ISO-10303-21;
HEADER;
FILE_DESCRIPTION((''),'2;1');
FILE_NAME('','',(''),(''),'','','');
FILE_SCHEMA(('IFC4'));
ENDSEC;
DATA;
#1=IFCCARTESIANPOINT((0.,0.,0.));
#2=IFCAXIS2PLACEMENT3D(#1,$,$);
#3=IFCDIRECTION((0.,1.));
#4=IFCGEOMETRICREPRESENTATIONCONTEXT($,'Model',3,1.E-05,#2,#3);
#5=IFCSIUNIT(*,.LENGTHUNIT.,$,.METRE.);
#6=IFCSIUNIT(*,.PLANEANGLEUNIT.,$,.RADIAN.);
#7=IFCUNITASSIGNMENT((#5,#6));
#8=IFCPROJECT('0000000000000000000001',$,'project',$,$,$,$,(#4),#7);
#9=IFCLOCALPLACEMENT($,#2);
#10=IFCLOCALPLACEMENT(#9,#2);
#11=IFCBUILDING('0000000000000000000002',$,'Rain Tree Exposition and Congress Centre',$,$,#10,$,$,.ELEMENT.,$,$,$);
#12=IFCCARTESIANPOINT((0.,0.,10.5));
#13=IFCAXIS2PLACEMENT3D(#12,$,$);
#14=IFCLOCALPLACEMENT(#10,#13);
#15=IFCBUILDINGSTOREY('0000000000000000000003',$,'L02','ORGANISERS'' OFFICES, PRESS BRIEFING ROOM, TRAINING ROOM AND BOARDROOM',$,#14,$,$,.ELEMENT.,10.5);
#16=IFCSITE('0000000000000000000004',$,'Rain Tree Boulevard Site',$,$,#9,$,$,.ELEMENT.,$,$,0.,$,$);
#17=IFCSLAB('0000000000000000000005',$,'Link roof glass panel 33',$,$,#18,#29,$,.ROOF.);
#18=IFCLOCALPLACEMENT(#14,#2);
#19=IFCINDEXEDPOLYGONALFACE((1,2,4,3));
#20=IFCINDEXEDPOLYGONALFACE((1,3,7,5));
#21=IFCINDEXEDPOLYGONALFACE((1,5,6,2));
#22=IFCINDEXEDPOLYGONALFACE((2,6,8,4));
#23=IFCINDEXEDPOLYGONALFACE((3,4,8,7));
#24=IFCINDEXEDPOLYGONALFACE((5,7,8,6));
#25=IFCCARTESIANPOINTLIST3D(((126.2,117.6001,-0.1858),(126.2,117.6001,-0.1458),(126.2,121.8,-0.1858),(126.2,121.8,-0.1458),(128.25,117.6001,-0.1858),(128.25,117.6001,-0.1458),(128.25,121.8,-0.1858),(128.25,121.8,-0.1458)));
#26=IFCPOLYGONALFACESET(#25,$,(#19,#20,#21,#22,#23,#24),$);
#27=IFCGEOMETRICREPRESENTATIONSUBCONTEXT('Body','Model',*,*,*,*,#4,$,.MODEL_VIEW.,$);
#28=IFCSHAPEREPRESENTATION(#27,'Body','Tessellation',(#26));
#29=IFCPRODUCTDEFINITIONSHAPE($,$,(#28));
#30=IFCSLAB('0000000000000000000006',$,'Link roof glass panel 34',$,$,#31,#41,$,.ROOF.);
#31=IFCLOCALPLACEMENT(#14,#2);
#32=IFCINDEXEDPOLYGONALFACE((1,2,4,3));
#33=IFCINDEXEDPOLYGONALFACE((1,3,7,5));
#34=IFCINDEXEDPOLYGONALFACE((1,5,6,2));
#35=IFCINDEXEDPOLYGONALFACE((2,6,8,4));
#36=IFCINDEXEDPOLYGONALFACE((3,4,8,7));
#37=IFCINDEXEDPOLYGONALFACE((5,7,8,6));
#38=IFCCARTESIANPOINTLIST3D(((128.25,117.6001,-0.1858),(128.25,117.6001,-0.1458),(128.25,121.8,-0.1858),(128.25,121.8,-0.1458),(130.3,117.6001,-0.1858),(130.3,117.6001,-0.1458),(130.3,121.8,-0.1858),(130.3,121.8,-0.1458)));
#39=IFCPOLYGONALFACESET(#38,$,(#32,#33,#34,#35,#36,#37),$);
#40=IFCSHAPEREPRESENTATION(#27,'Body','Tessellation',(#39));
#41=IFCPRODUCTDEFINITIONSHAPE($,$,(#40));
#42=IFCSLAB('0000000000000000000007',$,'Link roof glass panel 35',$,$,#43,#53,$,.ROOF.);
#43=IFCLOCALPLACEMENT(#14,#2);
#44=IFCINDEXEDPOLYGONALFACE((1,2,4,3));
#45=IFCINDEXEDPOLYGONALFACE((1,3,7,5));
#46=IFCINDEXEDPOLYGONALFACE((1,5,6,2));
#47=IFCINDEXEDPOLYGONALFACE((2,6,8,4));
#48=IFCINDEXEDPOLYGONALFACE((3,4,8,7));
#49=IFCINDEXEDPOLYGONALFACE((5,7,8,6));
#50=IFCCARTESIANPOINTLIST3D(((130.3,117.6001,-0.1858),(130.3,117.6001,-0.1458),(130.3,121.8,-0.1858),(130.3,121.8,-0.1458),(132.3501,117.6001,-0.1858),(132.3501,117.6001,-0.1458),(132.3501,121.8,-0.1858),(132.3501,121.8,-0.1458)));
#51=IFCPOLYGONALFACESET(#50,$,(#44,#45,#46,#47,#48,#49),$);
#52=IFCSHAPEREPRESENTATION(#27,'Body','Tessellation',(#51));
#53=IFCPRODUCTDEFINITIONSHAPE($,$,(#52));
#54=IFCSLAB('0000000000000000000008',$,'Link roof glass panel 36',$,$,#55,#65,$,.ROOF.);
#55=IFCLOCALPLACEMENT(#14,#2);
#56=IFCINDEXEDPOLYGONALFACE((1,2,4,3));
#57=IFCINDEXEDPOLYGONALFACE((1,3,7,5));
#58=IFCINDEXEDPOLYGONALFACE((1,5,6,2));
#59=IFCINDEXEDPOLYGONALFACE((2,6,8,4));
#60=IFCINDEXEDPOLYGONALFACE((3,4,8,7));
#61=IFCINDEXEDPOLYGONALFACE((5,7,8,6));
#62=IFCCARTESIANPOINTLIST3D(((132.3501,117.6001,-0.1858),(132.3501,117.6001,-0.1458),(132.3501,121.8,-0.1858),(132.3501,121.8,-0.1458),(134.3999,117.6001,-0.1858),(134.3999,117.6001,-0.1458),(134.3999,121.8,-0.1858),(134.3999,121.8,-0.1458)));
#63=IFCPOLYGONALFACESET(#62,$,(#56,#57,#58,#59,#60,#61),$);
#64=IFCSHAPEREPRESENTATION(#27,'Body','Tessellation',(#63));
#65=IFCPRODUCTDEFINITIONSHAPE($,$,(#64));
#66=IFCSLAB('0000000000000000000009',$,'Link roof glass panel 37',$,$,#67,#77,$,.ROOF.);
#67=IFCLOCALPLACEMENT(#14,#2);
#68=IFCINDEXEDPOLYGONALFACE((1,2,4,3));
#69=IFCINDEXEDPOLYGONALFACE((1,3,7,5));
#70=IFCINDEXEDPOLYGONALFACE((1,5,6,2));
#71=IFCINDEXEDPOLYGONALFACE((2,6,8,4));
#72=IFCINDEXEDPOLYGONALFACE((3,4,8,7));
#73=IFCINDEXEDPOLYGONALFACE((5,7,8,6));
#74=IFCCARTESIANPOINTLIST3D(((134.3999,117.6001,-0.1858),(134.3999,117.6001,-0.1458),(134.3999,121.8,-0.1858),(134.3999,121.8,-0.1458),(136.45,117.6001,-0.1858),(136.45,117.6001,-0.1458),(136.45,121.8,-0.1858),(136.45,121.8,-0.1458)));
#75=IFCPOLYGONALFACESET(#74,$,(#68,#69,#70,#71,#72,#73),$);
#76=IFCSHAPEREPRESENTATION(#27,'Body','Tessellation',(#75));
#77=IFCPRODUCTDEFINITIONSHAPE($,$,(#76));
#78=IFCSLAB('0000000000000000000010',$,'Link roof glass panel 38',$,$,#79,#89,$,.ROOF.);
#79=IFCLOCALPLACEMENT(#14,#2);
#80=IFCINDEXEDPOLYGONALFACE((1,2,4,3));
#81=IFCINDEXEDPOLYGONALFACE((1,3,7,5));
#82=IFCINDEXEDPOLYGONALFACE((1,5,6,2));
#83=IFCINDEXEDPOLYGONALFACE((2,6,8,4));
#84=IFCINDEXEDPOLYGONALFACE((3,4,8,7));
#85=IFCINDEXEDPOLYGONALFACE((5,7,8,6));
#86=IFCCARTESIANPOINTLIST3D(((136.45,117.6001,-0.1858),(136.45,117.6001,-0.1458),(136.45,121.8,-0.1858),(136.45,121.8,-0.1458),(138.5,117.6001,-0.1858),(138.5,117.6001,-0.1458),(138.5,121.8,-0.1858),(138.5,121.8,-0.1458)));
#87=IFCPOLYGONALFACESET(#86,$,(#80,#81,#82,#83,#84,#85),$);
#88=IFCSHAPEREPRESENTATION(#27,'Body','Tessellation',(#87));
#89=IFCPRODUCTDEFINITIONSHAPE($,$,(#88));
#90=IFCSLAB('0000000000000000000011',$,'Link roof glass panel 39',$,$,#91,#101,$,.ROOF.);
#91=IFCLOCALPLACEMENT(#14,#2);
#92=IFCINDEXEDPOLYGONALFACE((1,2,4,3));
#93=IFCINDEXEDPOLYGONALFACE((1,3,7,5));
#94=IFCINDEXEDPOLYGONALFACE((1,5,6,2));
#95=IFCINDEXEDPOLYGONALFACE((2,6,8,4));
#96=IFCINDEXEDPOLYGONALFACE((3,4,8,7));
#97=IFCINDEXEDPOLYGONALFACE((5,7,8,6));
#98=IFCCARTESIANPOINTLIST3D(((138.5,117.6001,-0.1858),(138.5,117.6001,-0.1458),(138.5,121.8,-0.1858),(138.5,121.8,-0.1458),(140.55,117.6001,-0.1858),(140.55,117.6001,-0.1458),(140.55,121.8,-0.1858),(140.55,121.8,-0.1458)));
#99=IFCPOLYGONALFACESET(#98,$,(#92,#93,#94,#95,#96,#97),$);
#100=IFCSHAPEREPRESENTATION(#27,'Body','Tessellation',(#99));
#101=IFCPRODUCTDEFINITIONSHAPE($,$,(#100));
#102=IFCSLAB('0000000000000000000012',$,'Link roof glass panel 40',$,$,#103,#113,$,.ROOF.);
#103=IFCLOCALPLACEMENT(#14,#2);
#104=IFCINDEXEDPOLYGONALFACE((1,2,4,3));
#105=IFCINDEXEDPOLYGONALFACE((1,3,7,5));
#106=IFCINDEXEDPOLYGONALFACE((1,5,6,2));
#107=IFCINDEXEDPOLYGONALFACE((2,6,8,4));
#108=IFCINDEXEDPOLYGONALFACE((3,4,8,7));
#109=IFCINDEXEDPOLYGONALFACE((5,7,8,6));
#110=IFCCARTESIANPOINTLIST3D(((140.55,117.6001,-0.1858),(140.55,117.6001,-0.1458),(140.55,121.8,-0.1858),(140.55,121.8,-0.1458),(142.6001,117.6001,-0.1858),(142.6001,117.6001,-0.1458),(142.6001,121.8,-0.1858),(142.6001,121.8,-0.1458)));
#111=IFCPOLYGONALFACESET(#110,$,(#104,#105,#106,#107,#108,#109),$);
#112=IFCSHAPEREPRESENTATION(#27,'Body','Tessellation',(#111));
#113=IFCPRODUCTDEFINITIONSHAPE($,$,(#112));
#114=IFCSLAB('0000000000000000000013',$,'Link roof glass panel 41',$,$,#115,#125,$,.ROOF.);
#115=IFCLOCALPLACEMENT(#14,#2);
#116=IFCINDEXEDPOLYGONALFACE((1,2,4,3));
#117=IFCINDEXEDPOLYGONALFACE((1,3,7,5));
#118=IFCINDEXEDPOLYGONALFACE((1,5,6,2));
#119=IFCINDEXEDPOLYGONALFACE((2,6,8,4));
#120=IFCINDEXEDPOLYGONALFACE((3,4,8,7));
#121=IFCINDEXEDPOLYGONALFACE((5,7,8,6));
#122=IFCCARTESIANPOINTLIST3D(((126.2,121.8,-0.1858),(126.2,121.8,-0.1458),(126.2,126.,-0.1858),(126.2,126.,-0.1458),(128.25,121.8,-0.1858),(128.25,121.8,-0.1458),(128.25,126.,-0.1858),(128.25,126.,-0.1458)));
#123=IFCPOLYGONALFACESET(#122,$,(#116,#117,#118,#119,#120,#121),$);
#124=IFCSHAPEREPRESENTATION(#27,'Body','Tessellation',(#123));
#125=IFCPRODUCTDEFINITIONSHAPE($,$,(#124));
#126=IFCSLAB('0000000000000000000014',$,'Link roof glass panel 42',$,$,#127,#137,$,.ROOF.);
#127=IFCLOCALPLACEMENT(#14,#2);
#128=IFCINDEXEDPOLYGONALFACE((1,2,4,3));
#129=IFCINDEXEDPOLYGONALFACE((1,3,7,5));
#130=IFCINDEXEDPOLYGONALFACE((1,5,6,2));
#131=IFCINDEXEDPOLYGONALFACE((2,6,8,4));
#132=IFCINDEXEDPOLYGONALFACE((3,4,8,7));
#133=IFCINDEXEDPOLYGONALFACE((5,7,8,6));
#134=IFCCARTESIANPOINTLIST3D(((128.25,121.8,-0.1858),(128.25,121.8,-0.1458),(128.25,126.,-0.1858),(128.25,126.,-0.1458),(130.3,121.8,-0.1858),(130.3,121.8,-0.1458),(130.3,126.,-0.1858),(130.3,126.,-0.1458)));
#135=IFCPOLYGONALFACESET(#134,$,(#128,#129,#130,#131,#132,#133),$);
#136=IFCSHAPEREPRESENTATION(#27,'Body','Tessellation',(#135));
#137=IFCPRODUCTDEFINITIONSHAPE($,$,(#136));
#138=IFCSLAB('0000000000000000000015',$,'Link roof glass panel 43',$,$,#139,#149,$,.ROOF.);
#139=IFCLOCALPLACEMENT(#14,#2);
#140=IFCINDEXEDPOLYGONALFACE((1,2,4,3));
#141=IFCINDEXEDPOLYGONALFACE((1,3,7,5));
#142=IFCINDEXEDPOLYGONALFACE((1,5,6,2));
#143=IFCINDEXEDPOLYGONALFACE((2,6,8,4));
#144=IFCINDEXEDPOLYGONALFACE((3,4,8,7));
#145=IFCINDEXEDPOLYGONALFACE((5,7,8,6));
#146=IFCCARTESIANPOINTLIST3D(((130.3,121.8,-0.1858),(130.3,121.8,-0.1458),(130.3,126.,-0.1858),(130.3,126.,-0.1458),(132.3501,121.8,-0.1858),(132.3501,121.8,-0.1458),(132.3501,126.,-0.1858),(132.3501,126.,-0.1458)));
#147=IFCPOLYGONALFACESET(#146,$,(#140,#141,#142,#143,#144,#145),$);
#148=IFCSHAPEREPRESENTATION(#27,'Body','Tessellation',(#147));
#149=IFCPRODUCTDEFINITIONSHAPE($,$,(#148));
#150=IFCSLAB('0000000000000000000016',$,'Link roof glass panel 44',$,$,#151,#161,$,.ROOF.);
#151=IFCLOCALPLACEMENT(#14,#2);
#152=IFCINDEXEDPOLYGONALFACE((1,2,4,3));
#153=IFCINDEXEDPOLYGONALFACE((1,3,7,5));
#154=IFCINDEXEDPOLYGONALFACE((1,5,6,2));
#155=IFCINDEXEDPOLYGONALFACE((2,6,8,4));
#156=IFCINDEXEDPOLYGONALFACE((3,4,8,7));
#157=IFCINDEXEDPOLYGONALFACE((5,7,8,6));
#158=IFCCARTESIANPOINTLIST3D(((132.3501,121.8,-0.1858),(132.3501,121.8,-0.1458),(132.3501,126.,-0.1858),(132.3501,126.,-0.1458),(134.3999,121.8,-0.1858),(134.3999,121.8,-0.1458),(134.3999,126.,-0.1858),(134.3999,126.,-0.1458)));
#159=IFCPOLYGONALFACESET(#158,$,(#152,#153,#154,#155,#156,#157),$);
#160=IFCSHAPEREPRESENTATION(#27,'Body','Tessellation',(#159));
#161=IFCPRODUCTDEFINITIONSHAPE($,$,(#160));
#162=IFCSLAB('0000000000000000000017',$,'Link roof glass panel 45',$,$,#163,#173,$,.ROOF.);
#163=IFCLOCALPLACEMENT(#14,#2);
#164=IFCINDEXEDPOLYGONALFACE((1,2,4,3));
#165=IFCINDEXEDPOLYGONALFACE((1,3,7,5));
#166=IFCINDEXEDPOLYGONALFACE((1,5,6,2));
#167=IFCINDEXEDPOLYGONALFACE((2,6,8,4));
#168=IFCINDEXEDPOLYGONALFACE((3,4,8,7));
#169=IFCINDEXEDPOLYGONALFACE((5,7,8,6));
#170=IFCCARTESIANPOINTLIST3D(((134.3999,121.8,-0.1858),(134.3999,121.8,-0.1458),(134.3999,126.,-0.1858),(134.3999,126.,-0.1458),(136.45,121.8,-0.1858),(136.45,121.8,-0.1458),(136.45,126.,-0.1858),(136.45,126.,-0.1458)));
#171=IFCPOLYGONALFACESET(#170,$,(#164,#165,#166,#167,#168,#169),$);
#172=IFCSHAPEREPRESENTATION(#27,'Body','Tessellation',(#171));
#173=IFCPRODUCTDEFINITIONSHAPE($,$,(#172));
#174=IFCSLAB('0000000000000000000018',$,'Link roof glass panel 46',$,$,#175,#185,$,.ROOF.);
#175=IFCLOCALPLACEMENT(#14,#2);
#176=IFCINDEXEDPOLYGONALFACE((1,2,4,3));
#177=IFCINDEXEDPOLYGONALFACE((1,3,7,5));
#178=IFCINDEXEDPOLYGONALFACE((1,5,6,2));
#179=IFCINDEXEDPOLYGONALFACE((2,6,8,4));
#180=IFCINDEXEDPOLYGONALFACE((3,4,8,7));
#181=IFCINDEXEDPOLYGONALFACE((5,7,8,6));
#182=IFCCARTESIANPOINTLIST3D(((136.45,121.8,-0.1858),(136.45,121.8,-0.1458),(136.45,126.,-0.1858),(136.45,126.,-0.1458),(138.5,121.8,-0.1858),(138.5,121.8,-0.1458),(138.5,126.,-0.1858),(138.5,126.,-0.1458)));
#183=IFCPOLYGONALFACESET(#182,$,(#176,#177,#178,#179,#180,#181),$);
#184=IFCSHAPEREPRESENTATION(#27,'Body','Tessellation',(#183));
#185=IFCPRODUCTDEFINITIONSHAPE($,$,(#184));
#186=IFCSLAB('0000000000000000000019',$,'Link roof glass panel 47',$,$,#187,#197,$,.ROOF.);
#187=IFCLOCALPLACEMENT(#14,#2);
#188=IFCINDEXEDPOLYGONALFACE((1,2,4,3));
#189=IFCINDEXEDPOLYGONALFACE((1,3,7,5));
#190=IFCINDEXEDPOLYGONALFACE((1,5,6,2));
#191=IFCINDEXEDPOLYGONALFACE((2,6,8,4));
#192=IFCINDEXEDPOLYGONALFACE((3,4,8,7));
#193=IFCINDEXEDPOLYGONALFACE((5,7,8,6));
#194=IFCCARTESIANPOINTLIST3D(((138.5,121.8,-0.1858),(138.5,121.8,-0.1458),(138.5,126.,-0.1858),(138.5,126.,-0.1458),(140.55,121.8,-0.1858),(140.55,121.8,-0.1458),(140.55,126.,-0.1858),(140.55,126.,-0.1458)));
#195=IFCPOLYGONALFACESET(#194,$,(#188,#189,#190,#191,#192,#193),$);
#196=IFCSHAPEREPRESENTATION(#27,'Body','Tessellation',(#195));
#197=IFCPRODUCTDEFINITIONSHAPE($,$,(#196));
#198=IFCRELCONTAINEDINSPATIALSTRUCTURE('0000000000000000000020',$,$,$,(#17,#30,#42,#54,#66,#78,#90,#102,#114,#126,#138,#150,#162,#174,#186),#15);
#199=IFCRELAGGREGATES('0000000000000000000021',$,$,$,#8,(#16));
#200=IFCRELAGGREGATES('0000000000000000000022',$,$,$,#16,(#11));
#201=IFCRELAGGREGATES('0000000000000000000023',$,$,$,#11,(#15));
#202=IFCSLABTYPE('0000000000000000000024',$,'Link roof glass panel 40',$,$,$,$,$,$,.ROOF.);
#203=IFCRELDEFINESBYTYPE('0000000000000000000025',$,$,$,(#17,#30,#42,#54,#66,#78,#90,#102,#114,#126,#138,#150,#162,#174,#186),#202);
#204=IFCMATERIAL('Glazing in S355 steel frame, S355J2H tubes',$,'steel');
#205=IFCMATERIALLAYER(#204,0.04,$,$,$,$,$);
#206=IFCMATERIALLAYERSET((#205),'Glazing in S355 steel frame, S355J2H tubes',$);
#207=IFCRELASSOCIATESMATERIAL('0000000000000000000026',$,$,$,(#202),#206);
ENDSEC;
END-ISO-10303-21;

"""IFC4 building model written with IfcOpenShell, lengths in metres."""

from ifc_helpers import new_model, si_unit, direction, frame, origin, place, context, subcontext, project, spatial, polyline, outline, extrude, material, layer, layer_set, type_object, element, save


model = new_model("IFC4")

# Units and contexts
model_context = context("Model", 3, precision=1e-05, world=origin(), true_north=direction((0.0, 1.0)))
body_context = subcontext(model_context, "Body", "Model", "MODEL_VIEW")
ifc_project = project(units=[si_unit("LENGTHUNIT", "METRE"), si_unit("PLANEANGLEUNIT", "RADIAN")], contexts=[model_context])

# Site, building, storey
site_placement = place(None, origin())
site = spatial("IfcSite", under=ifc_project, at=site_placement, Name="Rain Tree Boulevard Site", CompositionType="ELEMENT", RefElevation=0.0)
building_placement = place(site_placement, origin())
building = spatial("IfcBuilding", under=site, at=building_placement, Name="Rain Tree Exposition and Congress Centre", CompositionType="ELEMENT")
storey_placement = place(building_placement, frame((0.0, 0.0, 10.5)))
storey = spatial("IfcBuildingStorey", under=building, at=storey_placement, Name="L02", Description="ORGANISERS' OFFICES, PRESS BRIEFING ROOM, TRAINING ROOM AND BOARDROOM", CompositionType="ELEMENT", Elevation=10.5)

# Slabs
ifc_material = material(Name="Glazing in S355 steel frame, S355J2H tubes", Category="steel")
ifc_layer = layer(ifc_material, 0.04)
ifc_layer_set = layer_set([ifc_layer], Name="Glazing in S355 steel frame, S355J2H tubes")
slab_type = type_object("IfcSlabType", Name="Link roof glass panel 40", PredefinedType="ROOF", material=ifc_layer_set)
slab_1_placement = place(storey_placement, frame((0.0, 0.0, -0.1858)))
element("IfcSlab", 1, at=slab_1_placement, inside=storey, type_object=slab_type, Name="Link roof glass panel 33", PredefinedType="ROOF", context=body_context, shape_type="SweptSolid", body=[
    extrude(outline(polyline([(126.2, 117.6001), (128.25, 117.6001), (128.25, 121.8), (126.2, 121.8), (126.2, 117.6001)])), origin(), (0.0, 0.0, 1.0), 0.04),
])
slab_2_placement = place(storey_placement, frame((0.0, 0.0, -0.1858)))
element("IfcSlab", 2, at=slab_2_placement, inside=storey, type_object=slab_type, Name="Link roof glass panel 34", PredefinedType="ROOF", context=body_context, shape_type="SweptSolid", body=[
    extrude(outline(polyline([(128.25, 117.6001), (130.3, 117.6001), (130.3, 121.8), (128.25, 121.8), (128.25, 117.6001)])), origin(), (0.0, 0.0, 1.0), 0.04),
])
slab_3_placement = place(storey_placement, frame((0.0, 0.0, -0.1858)))
element("IfcSlab", 3, at=slab_3_placement, inside=storey, type_object=slab_type, Name="Link roof glass panel 35", PredefinedType="ROOF", context=body_context, shape_type="SweptSolid", body=[
    extrude(outline(polyline([(130.3, 117.6001), (132.3501, 117.6001), (132.3501, 121.8), (130.3, 121.8), (130.3, 117.6001)])), origin(), (0.0, 0.0, 1.0), 0.04),
])
slab_4_placement = place(storey_placement, frame((0.0, 0.0, -0.1858)))
element("IfcSlab", 4, at=slab_4_placement, inside=storey, type_object=slab_type, Name="Link roof glass panel 36", PredefinedType="ROOF", context=body_context, shape_type="SweptSolid", body=[
    extrude(outline(polyline([(132.3501, 117.6001), (134.3999, 117.6001), (134.3999, 121.8), (132.3501, 121.8), (132.3501, 117.6001)])), origin(), (0.0, 0.0, 1.0), 0.04),
])
slab_5_placement = place(storey_placement, frame((0.0, 0.0, -0.1858)))
element("IfcSlab", 5, at=slab_5_placement, inside=storey, type_object=slab_type, Name="Link roof glass panel 37", PredefinedType="ROOF", context=body_context, shape_type="SweptSolid", body=[
    extrude(outline(polyline([(134.3999, 117.6001), (136.45, 117.6001), (136.45, 121.8), (134.3999, 121.8), (134.3999, 117.6001)])), origin(), (0.0, 0.0, 1.0), 0.04),
])
slab_6_placement = place(storey_placement, frame((0.0, 0.0, -0.1858)))
element("IfcSlab", 6, at=slab_6_placement, inside=storey, type_object=slab_type, Name="Link roof glass panel 38", PredefinedType="ROOF", context=body_context, shape_type="SweptSolid", body=[
    extrude(outline(polyline([(136.45, 117.6001), (138.5, 117.6001), (138.5, 121.8), (136.45, 121.8), (136.45, 117.6001)])), origin(), (0.0, 0.0, 1.0), 0.04),
])
slab_7_placement = place(storey_placement, frame((0.0, 0.0, -0.1858)))
element("IfcSlab", 7, at=slab_7_placement, inside=storey, type_object=slab_type, Name="Link roof glass panel 39", PredefinedType="ROOF", context=body_context, shape_type="SweptSolid", body=[
    extrude(outline(polyline([(138.5, 117.6001), (140.55, 117.6001), (140.55, 121.8), (138.5, 121.8), (138.5, 117.6001)])), origin(), (0.0, 0.0, 1.0), 0.04),
])
slab_8_placement = place(storey_placement, frame((0.0, 0.0, -0.1858)))
element("IfcSlab", 8, at=slab_8_placement, inside=storey, type_object=slab_type, Name="Link roof glass panel 40", PredefinedType="ROOF", context=body_context, shape_type="SweptSolid", body=[
    extrude(outline(polyline([(140.55, 117.6001), (142.6001, 117.6001), (142.6001, 121.8), (140.55, 121.8), (140.55, 117.6001)])), origin(), (0.0, 0.0, 1.0), 0.04),
])
slab_9_placement = place(storey_placement, frame((0.0, 0.0, -0.1858)))
element("IfcSlab", 9, at=slab_9_placement, inside=storey, type_object=slab_type, Name="Link roof glass panel 41", PredefinedType="ROOF", context=body_context, shape_type="SweptSolid", body=[
    extrude(outline(polyline([(126.2, 121.8), (128.25, 121.8), (128.25, 126.0), (126.2, 126.0), (126.2, 121.8)])), origin(), (0.0, 0.0, 1.0), 0.04),
])
slab_10_placement = place(storey_placement, frame((0.0, 0.0, -0.1858)))
element("IfcSlab", 10, at=slab_10_placement, inside=storey, type_object=slab_type, Name="Link roof glass panel 42", PredefinedType="ROOF", context=body_context, shape_type="SweptSolid", body=[
    extrude(outline(polyline([(128.25, 121.8), (130.3, 121.8), (130.3, 126.0), (128.25, 126.0), (128.25, 121.8)])), origin(), (0.0, 0.0, 1.0), 0.04),
])
slab_11_placement = place(storey_placement, frame((0.0, 0.0, -0.1858)))
element("IfcSlab", 11, at=slab_11_placement, inside=storey, type_object=slab_type, Name="Link roof glass panel 43", PredefinedType="ROOF", context=body_context, shape_type="SweptSolid", body=[
    extrude(outline(polyline([(130.3, 121.8), (132.3501, 121.8), (132.3501, 126.0), (130.3, 126.0), (130.3, 121.8)])), origin(), (0.0, 0.0, 1.0), 0.04),
])
slab_12_placement = place(storey_placement, frame((0.0, 0.0, -0.1858)))
element("IfcSlab", 12, at=slab_12_placement, inside=storey, type_object=slab_type, Name="Link roof glass panel 44", PredefinedType="ROOF", context=body_context, shape_type="SweptSolid", body=[
    extrude(outline(polyline([(132.3501, 121.8), (134.3999, 121.8), (134.3999, 126.0), (132.3501, 126.0), (132.3501, 121.8)])), origin(), (0.0, 0.0, 1.0), 0.04),
])
slab_13_placement = place(storey_placement, frame((0.0, 0.0, -0.1858)))
element("IfcSlab", 13, at=slab_13_placement, inside=storey, type_object=slab_type, Name="Link roof glass panel 45", PredefinedType="ROOF", context=body_context, shape_type="SweptSolid", body=[
    extrude(outline(polyline([(134.3999, 121.8), (136.45, 121.8), (136.45, 126.0), (134.3999, 126.0), (134.3999, 121.8)])), origin(), (0.0, 0.0, 1.0), 0.04),
])
slab_14_placement = place(storey_placement, frame((0.0, 0.0, -0.1858)))
element("IfcSlab", 14, at=slab_14_placement, inside=storey, type_object=slab_type, Name="Link roof glass panel 46", PredefinedType="ROOF", context=body_context, shape_type="SweptSolid", body=[
    extrude(outline(polyline([(136.45, 121.8), (138.5, 121.8), (138.5, 126.0), (136.45, 126.0), (136.45, 121.8)])), origin(), (0.0, 0.0, 1.0), 0.04),
])
slab_15_placement = place(storey_placement, frame((0.0, 0.0, -0.1858)))
element("IfcSlab", 15, at=slab_15_placement, inside=storey, type_object=slab_type, Name="Link roof glass panel 47", PredefinedType="ROOF", context=body_context, shape_type="SweptSolid", body=[
    extrude(outline(polyline([(138.5, 121.8), (140.55, 121.8), (140.55, 126.0), (138.5, 126.0), (138.5, 121.8)])), origin(), (0.0, 0.0, 1.0), 0.04),
])

save(model, "model.ifc")
